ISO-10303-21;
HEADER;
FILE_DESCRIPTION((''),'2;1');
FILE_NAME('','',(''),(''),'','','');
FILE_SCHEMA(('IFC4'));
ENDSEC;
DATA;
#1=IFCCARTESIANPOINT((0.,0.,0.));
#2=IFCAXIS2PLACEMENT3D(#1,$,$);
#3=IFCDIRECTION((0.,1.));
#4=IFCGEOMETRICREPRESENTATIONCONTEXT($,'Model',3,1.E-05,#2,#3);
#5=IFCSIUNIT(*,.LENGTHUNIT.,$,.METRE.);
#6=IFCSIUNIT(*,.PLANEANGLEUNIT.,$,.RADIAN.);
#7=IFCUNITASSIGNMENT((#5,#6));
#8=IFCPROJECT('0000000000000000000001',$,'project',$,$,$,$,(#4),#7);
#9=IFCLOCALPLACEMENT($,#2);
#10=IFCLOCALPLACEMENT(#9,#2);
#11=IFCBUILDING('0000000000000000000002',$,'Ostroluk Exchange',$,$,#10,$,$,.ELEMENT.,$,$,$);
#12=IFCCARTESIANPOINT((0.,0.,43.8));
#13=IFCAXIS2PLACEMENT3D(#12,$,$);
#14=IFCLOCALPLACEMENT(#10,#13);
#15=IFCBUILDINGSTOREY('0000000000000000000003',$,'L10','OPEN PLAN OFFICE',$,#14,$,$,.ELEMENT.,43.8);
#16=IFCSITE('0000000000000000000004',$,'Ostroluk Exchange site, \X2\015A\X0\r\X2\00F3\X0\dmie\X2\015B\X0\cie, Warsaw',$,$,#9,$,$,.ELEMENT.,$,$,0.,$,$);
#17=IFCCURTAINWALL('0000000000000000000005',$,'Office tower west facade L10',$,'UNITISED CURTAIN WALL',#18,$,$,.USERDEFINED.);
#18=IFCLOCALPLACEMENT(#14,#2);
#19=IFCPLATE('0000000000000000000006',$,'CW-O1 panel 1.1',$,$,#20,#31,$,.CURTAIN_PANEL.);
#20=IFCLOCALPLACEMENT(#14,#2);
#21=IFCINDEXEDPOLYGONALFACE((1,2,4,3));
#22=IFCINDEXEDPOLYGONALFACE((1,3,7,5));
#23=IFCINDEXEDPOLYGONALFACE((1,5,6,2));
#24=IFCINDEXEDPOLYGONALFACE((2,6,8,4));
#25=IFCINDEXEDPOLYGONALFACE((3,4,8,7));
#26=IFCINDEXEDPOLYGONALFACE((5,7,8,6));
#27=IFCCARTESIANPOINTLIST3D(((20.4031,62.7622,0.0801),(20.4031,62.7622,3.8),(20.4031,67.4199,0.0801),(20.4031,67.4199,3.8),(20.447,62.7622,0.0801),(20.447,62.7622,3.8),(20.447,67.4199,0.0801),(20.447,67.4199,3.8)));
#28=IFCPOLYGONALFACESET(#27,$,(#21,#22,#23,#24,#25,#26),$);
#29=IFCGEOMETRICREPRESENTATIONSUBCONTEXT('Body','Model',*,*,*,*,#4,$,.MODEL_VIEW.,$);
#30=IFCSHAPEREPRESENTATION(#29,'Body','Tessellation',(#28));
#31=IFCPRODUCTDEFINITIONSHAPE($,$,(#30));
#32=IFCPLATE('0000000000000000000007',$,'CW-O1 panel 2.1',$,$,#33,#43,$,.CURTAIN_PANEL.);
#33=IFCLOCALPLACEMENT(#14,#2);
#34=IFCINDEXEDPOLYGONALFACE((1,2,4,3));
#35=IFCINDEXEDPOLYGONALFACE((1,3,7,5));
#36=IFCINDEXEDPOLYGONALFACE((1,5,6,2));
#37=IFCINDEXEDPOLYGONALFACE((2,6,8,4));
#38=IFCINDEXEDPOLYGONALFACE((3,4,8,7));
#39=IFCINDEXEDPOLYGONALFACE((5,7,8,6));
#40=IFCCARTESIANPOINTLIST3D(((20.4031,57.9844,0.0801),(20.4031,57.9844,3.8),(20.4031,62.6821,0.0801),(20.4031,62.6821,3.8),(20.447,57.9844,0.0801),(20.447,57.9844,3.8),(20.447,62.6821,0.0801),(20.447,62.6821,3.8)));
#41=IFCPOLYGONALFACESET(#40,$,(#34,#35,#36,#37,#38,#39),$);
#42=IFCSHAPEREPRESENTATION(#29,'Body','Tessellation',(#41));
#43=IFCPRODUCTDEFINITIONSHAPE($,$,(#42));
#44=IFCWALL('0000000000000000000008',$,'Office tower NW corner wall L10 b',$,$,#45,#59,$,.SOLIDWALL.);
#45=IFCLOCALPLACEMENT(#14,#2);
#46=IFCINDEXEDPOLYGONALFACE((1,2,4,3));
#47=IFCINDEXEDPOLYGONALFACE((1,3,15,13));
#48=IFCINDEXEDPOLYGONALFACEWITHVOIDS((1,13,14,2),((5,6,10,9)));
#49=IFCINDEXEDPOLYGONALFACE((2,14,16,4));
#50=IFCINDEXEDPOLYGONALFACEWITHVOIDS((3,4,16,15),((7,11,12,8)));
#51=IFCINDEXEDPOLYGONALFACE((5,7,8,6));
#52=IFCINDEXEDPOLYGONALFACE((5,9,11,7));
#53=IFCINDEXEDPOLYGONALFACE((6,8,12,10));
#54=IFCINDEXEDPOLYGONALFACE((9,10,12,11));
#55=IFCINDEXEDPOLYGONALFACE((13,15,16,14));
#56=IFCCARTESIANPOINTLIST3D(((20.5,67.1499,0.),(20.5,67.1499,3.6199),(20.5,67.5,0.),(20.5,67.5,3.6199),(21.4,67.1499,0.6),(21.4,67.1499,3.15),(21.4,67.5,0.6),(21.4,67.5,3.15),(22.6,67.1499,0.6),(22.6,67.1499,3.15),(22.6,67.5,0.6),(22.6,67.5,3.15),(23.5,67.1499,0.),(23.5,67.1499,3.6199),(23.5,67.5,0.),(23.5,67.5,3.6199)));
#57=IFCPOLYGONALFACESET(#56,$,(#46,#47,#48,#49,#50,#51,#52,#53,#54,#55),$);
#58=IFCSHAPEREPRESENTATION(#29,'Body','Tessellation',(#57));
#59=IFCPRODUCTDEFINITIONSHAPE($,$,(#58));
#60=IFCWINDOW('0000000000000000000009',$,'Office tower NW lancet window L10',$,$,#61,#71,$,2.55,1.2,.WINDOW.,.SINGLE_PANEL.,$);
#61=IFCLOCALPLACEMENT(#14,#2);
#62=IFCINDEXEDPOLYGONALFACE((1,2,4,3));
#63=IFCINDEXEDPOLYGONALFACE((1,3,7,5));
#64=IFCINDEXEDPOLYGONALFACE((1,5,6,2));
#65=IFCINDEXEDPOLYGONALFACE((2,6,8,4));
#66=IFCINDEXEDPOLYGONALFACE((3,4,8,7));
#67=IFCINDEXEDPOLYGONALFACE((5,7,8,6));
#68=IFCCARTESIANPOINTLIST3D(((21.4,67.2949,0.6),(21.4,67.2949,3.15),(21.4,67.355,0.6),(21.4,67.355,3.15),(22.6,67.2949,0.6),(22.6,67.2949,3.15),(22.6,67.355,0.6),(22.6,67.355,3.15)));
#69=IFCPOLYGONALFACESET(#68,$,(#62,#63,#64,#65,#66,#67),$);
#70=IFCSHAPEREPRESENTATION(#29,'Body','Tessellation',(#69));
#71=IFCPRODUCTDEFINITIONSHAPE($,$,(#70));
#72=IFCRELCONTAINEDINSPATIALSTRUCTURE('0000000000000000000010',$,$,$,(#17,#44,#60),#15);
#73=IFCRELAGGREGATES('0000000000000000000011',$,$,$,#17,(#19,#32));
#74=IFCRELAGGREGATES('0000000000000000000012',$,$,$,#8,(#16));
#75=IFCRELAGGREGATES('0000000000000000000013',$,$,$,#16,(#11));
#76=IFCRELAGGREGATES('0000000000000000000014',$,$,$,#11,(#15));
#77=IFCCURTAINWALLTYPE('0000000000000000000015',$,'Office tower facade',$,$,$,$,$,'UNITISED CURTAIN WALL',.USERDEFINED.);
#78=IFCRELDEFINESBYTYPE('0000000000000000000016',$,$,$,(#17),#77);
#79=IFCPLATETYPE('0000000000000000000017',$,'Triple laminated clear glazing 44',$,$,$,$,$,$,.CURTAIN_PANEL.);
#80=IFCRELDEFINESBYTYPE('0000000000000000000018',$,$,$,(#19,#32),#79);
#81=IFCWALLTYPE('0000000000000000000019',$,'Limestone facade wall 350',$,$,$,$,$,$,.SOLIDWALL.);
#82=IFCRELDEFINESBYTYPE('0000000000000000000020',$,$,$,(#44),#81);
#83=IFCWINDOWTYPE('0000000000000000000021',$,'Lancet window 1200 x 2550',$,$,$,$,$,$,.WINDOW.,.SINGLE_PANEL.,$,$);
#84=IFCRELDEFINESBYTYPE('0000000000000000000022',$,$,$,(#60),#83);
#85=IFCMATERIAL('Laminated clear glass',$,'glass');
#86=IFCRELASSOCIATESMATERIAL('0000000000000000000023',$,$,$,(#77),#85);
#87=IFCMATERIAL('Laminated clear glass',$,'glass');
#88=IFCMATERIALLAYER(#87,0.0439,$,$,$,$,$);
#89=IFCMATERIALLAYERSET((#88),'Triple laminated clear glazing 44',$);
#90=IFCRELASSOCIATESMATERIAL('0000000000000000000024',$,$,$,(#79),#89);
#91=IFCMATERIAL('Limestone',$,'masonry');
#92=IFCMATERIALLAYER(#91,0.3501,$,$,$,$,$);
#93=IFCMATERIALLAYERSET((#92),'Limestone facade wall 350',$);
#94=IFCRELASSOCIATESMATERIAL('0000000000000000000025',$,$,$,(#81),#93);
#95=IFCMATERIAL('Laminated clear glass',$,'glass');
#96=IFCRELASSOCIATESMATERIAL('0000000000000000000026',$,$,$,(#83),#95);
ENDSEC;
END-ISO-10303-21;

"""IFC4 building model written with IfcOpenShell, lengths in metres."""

from ifc_helpers import new_model, si_unit, direction, frame, frame_2d, origin, origin_2d, place, context, subcontext, project, spatial, rectangle, extrude, material, layer, layer_set, type_object, element, fill, aggregate, save


model = new_model("IFC4")

# Units and contexts
model_context = context("Model", 3, precision=1e-05, world=origin(), true_north=direction((0.0, 1.0)))
body_context = subcontext(model_context, "Body", "Model", "MODEL_VIEW")
ifc_project = project(units=[si_unit("LENGTHUNIT", "METRE"), si_unit("PLANEANGLEUNIT", "RADIAN")], contexts=[model_context])

# Site, building, storey
site_placement = place(None, origin())
site = spatial("IfcSite", under=ifc_project, at=site_placement, Name="Ostroluk Exchange site, Śródmieście, Warsaw", CompositionType="ELEMENT", RefElevation=0.0)
building_placement = place(site_placement, origin())
building = spatial("IfcBuilding", under=site, at=building_placement, Name="Ostroluk Exchange", CompositionType="ELEMENT")
storey_placement = place(building_placement, frame((0.0, 0.0, 43.8)))
storey = spatial("IfcBuildingStorey", under=building, at=storey_placement, Name="L10", Description="OPEN PLAN OFFICE", CompositionType="ELEMENT", Elevation=43.8)

# Curtain wall
ifc_material_1 = material(Name="Laminated clear glass", Category="glass")
curtain_wall_type = type_object("IfcCurtainWallType", Name="Office tower facade", ElementType="UNITISED CURTAIN WALL", PredefinedType="USERDEFINED", material=ifc_material_1)
curtain_wall_1_placement = place(storey_placement, origin())
curtain_wall_1 = element("IfcCurtainWall", 1, at=curtain_wall_1_placement, inside=storey, type_object=curtain_wall_type, Name="Office tower west facade L10", ObjectType="UNITISED CURTAIN WALL", PredefinedType="USERDEFINED")

# Plates
ifc_material_2 = material(Name="Laminated clear glass", Category="glass")
ifc_layer_1 = layer(ifc_material_2, 0.0439)
ifc_layer_set_1 = layer_set([ifc_layer_1], Name="Triple laminated clear glazing 44")
plate_type_1 = type_object("IfcPlateType", Name="Triple laminated clear glazing 44", PredefinedType="CURTAIN_PANEL", material=ifc_layer_set_1)
plate_1_placement = place(storey_placement, frame((20.425, 65.0911, 0.0801), z_axis=(0.0, 0.0, 1.0), x_axis=(0.0, -1.0, 0.0)))
plate_1 = element("IfcPlate", 2, at=plate_1_placement, type_object=plate_type_1, Name="CW-O1 panel 1.1", PredefinedType="CURTAIN_PANEL", context=body_context, shape_type="SweptSolid", body=[
    extrude(rectangle(XDim=4.6577, YDim=0.0439, at=origin_2d()), origin(), (0.0, 0.0, 1.0), 3.72),
])
plate_2_placement = place(storey_placement, frame((20.425, 60.3333, 0.0801), z_axis=(0.0, 0.0, 1.0), x_axis=(0.0, -1.0, 0.0)))
plate_2 = element("IfcPlate", 3, at=plate_2_placement, type_object=plate_type_1, Name="CW-O1 panel 2.1", PredefinedType="CURTAIN_PANEL", context=body_context, shape_type="SweptSolid", body=[
    extrude(rectangle(XDim=4.6978, YDim=0.0439, at=origin_2d()), origin(), (0.0, 0.0, 1.0), 3.72),
])
aggregate(curtain_wall_1, [plate_1, plate_2])

# Shared definitions
ifc_material_3 = material(Name="Limestone", Category="masonry")
ifc_layer_2 = layer(ifc_material_3, 0.3501)
ifc_layer_set_2 = layer_set([ifc_layer_2], Name="Limestone facade wall 350")
wall_type = type_object("IfcWallType", Name="Limestone facade wall 350", PredefinedType="SOLIDWALL", material=ifc_layer_set_2)

# Wall, opening, window
wall_1_placement = place(storey_placement, frame((23.5, 67.325, 0.0), z_axis=(0.0, 0.0, 1.0), x_axis=(-1.0, 0.0, 0.0)))
wall_1 = element("IfcWall", 4, at=wall_1_placement, inside=storey, type_object=wall_type, Name="Office tower NW corner wall L10 b", PredefinedType="SOLIDWALL", context=body_context, shape_type="SweptSolid", body=[
    extrude(rectangle(XDim=3.0, YDim=0.3501, at=frame_2d((1.5, 0.0))), origin(), (0.0, 0.0, 1.0), 3.6199),
])
opening_1_placement = place(wall_1_placement, frame((0.8999, 0.0, 0.6001)))
opening_1 = element("IfcOpeningElement", 5, at=opening_1_placement, cuts=wall_1, PredefinedType="OPENING", context=body_context, shape_type="SweptSolid", body=[
    extrude(rectangle(XDim=1.2, YDim=2.55, at=frame_2d((0.6001, 1.2749))), frame((0.0, 0.1851, 0.0), z_axis=(0.0, -1.0, 0.0), x_axis=(1.0, 0.0, 0.0)), (0.0, 0.0, 1.0), 0.3701),
])
ifc_material_4 = material(Name="Laminated clear glass", Category="glass")
window_type = type_object("IfcWindowType", Name="Lancet window 1200 x 2550", PartitioningType="SINGLE_PANEL", PredefinedType="WINDOW", material=ifc_material_4)
window_placement = place(opening_1_placement, origin())
window = element("IfcWindow", 6, at=window_placement, inside=storey, type_object=window_type, Name="Office tower NW lancet window L10", OverallHeight=2.55, OverallWidth=1.2, PartitioningType="SINGLE_PANEL", PredefinedType="WINDOW", context=body_context, shape_type="SweptSolid", body=[
    extrude(rectangle(XDim=1.2, YDim=2.55, at=frame_2d((0.6001, 1.2749))), frame((0.0, 0.03, 0.0), z_axis=(0.0, -1.0, 0.0), x_axis=(1.0, 0.0, 0.0)), (0.0, 0.0, 1.0), 0.0601),
])
fill(opening_1, window)

save(model, "model.ifc")
